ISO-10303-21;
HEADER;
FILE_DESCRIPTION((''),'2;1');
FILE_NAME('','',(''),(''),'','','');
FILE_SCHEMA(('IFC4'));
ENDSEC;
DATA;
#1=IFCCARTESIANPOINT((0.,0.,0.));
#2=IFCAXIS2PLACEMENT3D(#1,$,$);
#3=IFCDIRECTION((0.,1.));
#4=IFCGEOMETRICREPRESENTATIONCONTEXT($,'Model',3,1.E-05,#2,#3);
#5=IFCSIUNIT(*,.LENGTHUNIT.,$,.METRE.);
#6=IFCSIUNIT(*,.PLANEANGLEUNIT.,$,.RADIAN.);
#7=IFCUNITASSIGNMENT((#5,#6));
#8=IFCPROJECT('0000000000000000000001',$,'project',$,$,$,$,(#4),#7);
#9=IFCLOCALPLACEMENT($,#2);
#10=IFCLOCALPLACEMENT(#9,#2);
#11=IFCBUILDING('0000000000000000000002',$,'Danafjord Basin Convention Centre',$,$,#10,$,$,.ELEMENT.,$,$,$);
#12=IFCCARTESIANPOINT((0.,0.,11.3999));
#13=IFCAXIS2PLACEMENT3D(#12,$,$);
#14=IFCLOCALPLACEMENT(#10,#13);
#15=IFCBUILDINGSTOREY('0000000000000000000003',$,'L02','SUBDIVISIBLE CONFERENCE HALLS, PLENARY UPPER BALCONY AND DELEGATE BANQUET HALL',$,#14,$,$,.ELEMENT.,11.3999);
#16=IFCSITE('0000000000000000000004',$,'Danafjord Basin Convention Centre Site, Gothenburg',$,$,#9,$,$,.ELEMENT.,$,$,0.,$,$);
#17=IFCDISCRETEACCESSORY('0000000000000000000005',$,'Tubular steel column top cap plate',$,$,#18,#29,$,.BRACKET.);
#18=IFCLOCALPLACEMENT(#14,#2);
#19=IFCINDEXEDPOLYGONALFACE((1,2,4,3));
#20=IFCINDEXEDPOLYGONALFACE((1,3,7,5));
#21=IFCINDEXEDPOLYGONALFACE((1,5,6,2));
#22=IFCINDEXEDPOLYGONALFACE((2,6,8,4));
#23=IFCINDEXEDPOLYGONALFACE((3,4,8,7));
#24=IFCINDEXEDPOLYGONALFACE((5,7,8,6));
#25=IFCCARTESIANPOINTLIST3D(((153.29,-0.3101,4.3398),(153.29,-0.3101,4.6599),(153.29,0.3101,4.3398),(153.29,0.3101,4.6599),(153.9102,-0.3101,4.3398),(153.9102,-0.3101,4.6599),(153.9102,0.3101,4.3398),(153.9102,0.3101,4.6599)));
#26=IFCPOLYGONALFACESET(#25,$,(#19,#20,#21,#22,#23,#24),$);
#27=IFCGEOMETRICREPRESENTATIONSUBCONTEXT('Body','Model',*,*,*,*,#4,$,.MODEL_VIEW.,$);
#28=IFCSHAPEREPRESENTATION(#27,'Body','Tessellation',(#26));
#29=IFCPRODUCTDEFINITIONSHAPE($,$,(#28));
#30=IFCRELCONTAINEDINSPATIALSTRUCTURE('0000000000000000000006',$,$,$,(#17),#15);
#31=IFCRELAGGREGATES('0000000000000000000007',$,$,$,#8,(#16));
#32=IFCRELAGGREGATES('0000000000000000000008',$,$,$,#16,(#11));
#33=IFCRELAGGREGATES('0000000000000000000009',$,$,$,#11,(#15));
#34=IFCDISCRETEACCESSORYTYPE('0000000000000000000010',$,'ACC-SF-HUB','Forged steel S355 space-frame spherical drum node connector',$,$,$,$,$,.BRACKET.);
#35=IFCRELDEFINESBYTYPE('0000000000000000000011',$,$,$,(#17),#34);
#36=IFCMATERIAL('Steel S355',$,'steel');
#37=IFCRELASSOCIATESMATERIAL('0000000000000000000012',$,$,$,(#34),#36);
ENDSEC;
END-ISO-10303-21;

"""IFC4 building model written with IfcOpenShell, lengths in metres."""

from ifc_helpers import new_model, si_unit, direction, frame, origin, origin_2d, place, context, subcontext, project, spatial, rectangle, extrude, material, type_object, element, save


model = new_model("IFC4")

# Units and contexts
model_context = context("Model", 3, precision=1e-05, world=origin(), true_north=direction((0.0, 1.0)))
body_context = subcontext(model_context, "Body", "Model", "MODEL_VIEW")
ifc_project = project(units=[si_unit("LENGTHUNIT", "METRE"), si_unit("PLANEANGLEUNIT", "RADIAN")], contexts=[model_context])

# Site, building, storey
site_placement = place(None, origin())
site = spatial("IfcSite", under=ifc_project, at=site_placement, Name="Danafjord Basin Convention Centre Site, Gothenburg", CompositionType="ELEMENT", RefElevation=0.0)
building_placement = place(site_placement, origin())
building = spatial("IfcBuilding", under=site, at=building_placement, Name="Danafjord Basin Convention Centre", CompositionType="ELEMENT")
storey_placement = place(building_placement, frame((0.0, 0.0, 11.3999)))
storey = spatial("IfcBuildingStorey", under=building, at=storey_placement, Name="L02", Description="SUBDIVISIBLE CONFERENCE HALLS, PLENARY UPPER BALCONY AND DELEGATE BANQUET HALL", CompositionType="ELEMENT", Elevation=11.3999)

# Shared definitions
ifc_material_1 = material(Name="Steel S355", Category="steel")

# Discrete accessory
discrete_accessory_type = type_object("IfcDiscreteAccessoryType", Name="ACC-SF-HUB", Description="Forged steel S355 space-frame spherical drum node connector", PredefinedType="BRACKET", material=ifc_material_1)
for number, where, z_axis, x_axis, name in (
    (1, (153.6001, 0.0, 4.3398), (0.0, 0.0, 1.0), (1.0, 0.0, 0.0), "Tubular steel column top cap plate"),
):
    element("IfcDiscreteAccessory", number, at=place(storey_placement, frame(where, z_axis=z_axis, x_axis=x_axis)), inside=storey, type_object=discrete_accessory_type, Name=name, PredefinedType="BRACKET", context=body_context, shape_type="SweptSolid", body=[
        extrude(rectangle(XDim=0.6201, YDim=0.6201, at=origin_2d()), origin(), (0.0, 0.0, 1.0), 0.3201),
    ])

save(model, "model.ifc")
